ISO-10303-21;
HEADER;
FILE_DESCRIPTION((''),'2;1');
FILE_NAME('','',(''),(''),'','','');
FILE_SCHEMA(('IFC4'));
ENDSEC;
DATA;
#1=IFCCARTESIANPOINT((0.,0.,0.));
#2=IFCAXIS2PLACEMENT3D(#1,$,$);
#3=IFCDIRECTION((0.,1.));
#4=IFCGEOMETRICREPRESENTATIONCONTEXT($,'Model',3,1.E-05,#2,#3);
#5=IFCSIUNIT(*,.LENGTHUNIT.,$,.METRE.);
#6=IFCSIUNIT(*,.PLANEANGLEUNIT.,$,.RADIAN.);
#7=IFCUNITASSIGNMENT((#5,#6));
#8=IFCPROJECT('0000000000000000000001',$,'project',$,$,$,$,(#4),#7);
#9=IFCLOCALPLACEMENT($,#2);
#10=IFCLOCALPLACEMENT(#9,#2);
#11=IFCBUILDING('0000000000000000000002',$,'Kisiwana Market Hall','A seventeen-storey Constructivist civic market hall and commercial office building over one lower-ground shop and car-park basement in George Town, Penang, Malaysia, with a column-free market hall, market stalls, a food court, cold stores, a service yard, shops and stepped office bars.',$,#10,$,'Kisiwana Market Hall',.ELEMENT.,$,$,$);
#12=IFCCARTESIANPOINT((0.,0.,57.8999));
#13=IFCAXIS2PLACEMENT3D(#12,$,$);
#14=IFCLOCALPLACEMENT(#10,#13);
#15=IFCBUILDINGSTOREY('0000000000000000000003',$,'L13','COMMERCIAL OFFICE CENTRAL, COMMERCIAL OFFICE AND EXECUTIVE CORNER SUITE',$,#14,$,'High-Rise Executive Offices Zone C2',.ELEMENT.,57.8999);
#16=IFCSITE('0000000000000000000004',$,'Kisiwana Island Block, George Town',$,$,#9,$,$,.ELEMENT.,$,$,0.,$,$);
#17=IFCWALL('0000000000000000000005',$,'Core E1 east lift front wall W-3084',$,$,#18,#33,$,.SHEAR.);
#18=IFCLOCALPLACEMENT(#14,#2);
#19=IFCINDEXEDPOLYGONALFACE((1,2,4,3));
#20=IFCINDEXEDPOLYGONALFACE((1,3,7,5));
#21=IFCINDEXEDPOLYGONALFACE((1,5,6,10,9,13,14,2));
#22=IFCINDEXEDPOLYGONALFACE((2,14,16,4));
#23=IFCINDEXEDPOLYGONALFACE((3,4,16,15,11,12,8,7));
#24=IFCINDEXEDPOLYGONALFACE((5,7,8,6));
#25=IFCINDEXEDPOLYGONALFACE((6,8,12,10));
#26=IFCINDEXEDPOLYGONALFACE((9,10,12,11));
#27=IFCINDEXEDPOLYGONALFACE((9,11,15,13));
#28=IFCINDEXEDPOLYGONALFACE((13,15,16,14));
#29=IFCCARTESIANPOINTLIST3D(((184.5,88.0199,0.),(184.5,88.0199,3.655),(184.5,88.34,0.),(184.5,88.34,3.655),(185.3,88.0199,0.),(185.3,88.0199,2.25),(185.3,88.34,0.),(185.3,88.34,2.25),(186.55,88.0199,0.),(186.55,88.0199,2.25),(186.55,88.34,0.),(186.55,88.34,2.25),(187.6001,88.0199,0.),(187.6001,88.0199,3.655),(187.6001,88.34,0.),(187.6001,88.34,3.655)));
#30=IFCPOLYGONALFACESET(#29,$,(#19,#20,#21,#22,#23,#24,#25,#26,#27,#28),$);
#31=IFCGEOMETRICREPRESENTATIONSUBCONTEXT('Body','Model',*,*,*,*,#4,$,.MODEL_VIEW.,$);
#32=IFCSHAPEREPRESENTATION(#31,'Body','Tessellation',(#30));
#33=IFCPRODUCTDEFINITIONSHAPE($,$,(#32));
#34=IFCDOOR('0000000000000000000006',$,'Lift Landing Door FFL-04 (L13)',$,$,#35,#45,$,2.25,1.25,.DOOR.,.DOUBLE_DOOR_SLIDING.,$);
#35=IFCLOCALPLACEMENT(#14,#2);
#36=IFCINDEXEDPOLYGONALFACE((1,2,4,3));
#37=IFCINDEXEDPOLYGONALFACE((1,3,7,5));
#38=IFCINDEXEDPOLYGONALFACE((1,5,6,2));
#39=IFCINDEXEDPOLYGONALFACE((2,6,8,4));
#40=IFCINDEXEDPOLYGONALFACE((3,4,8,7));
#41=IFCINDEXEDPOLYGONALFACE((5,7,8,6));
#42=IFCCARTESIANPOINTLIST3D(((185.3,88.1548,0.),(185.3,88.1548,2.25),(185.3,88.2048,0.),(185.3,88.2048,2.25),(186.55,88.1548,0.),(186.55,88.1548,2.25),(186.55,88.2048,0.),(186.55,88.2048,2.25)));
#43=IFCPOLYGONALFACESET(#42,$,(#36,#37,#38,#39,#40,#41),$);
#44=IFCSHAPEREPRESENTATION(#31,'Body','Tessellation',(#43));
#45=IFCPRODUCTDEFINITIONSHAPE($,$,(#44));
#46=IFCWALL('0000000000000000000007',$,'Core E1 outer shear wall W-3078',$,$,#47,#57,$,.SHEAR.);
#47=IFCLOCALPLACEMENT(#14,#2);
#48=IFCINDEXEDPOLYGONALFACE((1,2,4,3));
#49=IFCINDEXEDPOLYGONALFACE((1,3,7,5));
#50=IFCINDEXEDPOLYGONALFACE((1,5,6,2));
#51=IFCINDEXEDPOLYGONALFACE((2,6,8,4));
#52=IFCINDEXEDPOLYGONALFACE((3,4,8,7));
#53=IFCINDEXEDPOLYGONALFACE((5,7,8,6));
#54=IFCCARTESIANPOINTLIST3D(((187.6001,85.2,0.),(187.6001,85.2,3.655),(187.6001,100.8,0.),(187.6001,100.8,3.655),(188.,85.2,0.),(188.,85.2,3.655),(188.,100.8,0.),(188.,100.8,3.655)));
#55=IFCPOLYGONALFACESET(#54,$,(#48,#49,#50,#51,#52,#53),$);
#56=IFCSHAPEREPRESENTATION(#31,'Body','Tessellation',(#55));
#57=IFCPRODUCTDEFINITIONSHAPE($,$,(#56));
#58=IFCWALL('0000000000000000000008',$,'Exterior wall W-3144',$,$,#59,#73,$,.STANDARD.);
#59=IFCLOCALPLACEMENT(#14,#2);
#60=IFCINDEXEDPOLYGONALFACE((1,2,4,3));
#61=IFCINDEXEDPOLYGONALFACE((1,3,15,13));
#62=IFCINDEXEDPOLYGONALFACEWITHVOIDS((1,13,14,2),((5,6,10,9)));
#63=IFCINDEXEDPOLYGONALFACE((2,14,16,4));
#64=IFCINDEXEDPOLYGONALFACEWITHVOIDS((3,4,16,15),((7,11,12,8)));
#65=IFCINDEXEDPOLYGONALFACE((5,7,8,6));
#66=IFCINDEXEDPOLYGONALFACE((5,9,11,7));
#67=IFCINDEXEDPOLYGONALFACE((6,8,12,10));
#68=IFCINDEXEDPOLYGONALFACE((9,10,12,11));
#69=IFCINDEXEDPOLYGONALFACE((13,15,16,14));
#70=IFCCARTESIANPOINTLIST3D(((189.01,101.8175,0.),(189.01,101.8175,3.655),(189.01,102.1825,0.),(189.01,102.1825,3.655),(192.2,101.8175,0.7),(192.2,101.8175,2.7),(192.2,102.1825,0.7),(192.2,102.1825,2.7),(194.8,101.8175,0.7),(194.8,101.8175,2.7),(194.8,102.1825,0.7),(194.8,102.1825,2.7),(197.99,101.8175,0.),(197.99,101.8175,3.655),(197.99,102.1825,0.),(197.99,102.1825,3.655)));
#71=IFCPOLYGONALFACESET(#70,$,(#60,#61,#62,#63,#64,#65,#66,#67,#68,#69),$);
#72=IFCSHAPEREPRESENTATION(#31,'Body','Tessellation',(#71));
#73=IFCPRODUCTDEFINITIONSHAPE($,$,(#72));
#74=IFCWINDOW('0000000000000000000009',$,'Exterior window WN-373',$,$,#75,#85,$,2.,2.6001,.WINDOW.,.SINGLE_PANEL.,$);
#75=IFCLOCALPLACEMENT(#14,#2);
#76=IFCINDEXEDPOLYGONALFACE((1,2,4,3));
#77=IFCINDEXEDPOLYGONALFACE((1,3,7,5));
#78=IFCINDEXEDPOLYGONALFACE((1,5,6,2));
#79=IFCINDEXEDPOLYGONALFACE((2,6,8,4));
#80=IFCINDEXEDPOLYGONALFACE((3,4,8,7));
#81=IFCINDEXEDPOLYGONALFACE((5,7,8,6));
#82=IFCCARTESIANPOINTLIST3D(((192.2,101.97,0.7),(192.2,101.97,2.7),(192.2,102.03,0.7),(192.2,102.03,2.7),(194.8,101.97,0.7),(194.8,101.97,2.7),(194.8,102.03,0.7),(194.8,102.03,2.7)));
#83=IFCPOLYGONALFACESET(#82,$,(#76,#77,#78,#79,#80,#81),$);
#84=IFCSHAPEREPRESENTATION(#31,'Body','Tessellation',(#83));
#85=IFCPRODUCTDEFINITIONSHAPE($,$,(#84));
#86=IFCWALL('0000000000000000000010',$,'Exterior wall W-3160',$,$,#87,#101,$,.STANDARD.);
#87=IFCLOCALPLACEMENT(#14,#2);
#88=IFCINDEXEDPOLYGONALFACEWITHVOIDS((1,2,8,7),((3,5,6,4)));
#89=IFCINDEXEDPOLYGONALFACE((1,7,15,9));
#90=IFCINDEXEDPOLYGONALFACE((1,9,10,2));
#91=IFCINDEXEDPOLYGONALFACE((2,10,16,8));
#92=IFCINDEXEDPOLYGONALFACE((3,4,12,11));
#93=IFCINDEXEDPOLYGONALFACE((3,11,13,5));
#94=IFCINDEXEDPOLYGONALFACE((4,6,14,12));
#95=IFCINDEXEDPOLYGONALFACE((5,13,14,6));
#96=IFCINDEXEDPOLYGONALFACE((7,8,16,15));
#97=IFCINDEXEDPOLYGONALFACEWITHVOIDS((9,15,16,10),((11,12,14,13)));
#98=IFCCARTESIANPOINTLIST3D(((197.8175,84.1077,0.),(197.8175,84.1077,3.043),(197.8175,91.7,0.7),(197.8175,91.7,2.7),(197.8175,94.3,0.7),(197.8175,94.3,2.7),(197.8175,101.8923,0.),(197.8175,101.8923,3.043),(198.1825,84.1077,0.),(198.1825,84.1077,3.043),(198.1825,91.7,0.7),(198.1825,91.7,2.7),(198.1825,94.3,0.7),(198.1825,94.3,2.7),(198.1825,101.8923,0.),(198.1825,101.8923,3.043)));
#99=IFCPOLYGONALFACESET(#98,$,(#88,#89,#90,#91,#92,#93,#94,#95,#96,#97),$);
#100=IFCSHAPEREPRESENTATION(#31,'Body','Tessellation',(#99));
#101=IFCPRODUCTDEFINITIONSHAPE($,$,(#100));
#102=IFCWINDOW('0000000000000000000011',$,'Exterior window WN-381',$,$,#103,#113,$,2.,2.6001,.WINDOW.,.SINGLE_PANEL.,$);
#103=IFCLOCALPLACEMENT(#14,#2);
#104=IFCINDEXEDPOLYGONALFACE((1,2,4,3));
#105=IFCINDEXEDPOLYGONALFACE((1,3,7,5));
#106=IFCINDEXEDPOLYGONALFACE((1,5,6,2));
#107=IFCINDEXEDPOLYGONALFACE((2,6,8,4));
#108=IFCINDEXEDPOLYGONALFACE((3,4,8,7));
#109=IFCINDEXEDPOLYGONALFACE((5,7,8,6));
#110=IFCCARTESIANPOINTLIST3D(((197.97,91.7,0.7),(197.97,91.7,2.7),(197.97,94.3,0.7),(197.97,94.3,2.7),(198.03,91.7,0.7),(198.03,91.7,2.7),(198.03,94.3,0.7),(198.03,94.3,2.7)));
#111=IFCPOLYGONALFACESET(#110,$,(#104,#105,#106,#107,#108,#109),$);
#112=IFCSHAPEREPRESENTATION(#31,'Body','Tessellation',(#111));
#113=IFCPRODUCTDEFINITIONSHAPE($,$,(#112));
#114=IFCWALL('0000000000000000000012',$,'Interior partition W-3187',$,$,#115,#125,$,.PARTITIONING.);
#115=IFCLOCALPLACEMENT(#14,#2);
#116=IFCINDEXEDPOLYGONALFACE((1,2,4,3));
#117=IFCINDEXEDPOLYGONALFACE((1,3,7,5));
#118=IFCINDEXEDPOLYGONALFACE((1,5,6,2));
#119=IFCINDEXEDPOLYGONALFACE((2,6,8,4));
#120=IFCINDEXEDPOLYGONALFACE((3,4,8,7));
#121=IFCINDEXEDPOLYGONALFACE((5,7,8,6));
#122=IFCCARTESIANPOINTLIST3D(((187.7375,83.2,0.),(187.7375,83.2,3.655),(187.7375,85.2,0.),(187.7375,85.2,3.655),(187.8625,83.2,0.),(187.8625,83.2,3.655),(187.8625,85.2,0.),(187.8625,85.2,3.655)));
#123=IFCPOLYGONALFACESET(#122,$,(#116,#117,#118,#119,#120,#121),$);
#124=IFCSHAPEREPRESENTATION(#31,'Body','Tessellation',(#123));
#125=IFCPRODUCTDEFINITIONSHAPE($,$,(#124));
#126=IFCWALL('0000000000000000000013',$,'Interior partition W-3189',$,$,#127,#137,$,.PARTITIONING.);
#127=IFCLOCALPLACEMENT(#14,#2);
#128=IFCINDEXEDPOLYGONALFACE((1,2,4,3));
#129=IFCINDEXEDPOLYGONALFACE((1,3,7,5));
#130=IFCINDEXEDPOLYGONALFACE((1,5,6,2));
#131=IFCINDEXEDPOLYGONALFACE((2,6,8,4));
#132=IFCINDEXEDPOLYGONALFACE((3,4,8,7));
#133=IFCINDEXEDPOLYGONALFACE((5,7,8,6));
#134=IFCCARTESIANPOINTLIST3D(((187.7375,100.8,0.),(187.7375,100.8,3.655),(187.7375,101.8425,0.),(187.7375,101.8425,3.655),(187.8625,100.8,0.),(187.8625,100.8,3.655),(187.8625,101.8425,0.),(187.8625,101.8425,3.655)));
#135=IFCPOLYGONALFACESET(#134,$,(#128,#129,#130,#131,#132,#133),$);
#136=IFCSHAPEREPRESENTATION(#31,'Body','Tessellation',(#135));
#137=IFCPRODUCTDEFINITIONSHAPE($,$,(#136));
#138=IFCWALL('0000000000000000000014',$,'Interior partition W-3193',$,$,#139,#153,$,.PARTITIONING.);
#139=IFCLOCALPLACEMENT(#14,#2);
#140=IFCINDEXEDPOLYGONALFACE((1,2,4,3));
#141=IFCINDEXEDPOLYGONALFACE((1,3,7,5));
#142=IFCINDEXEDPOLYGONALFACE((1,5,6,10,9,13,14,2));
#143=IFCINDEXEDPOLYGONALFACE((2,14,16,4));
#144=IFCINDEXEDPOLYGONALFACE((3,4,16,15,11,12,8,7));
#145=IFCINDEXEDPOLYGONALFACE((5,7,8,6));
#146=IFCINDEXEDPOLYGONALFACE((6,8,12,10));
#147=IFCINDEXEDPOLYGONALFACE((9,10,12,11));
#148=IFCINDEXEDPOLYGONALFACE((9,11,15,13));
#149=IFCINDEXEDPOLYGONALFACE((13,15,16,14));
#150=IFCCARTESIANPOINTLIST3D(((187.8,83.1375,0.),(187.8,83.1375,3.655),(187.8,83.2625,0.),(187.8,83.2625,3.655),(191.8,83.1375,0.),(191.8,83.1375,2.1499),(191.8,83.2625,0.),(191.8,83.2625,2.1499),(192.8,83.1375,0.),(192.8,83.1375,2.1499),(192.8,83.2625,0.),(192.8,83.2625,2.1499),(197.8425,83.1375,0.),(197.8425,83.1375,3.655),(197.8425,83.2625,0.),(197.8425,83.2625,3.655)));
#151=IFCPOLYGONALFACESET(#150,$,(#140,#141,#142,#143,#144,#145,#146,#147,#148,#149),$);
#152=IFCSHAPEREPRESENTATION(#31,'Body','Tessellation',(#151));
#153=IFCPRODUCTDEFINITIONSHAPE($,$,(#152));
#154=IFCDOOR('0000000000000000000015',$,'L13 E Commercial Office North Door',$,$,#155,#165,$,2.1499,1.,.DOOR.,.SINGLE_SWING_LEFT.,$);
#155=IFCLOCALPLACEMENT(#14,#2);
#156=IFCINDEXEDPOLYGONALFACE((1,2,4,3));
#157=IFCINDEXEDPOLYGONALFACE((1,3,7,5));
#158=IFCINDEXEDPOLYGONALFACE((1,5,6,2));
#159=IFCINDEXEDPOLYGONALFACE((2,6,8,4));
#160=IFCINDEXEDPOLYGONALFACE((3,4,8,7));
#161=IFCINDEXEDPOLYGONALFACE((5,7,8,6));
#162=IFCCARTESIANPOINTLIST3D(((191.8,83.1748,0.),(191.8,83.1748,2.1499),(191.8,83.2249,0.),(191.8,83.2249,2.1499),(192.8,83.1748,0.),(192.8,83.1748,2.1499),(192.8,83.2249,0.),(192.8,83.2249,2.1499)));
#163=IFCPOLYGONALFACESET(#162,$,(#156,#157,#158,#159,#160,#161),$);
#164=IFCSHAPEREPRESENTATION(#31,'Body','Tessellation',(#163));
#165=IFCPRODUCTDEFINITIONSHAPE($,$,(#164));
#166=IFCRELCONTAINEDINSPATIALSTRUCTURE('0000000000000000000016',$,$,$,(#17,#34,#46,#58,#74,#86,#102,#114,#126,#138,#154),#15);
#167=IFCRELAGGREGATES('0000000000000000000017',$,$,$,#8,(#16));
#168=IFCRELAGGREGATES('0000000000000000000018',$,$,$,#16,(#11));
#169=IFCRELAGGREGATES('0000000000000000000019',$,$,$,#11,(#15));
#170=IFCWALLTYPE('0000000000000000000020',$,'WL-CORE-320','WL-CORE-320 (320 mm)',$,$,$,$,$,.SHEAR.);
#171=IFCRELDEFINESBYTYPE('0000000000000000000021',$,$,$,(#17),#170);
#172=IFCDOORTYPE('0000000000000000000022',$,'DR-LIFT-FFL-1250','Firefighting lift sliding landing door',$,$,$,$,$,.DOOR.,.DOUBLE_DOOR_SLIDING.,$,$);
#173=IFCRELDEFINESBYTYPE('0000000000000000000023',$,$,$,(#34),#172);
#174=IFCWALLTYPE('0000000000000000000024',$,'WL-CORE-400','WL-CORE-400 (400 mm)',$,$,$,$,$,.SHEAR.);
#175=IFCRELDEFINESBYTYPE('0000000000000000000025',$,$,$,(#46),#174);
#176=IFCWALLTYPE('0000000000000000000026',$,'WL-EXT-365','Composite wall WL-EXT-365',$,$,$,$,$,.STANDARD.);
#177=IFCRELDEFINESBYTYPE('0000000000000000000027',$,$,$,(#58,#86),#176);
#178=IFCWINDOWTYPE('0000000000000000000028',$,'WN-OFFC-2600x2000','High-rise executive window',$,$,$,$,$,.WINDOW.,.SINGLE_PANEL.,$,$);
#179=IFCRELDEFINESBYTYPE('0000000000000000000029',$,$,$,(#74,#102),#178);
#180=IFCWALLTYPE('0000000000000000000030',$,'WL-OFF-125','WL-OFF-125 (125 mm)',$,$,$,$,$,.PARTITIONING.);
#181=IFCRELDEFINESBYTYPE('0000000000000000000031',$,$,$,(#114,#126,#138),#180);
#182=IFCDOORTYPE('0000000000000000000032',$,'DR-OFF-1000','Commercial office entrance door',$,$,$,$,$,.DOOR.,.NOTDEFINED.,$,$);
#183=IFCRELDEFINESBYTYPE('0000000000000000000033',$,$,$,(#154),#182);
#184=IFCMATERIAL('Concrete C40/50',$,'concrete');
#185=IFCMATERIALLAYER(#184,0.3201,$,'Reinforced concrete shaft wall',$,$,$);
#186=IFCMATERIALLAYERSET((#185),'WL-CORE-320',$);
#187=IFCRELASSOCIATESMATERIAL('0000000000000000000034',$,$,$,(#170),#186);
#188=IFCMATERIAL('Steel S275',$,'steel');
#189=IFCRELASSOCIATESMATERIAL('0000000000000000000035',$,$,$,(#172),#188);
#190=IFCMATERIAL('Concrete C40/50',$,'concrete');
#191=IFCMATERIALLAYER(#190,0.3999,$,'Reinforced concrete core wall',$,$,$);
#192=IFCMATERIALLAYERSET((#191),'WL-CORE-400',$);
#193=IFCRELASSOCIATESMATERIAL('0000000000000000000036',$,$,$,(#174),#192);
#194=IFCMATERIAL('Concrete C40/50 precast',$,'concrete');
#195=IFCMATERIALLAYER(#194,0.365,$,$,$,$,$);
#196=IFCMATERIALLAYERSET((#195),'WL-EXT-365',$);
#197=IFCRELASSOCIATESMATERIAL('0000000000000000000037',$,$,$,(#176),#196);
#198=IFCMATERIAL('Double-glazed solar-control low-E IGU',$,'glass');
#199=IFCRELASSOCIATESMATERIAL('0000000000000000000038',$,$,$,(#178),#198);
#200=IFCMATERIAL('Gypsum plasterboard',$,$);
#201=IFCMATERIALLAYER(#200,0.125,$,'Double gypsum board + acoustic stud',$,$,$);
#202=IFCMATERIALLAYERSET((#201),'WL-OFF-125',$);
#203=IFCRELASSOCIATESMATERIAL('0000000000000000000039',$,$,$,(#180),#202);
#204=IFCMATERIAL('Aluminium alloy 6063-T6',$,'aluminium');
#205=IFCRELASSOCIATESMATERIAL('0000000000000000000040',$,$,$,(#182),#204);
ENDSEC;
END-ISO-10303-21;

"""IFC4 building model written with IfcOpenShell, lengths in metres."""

from ifc_helpers import new_model, si_unit, direction, frame, frame_2d, origin, place, context, subcontext, project, spatial, rectangle, extrude, material, layer, layer_set, type_object, element, fill, save


model = new_model("IFC4")

# Units and contexts
model_context = context("Model", 3, precision=1e-05, world=origin(), true_north=direction((0.0, 1.0)))
body_context = subcontext(model_context, "Body", "Model", "MODEL_VIEW")
ifc_project = project(units=[si_unit("LENGTHUNIT", "METRE"), si_unit("PLANEANGLEUNIT", "RADIAN")], contexts=[model_context])

# Site, building, storey
site_placement = place(None, origin())
site = spatial("IfcSite", under=ifc_project, at=site_placement, Name="Kisiwana Island Block, George Town", CompositionType="ELEMENT", RefElevation=0.0)
building_placement = place(site_placement, origin())
building = spatial("IfcBuilding", under=site, at=building_placement, Name="Kisiwana Market Hall", Description="A seventeen-storey Constructivist civic market hall and commercial office building over one lower-ground shop and car-park basement in George Town, Penang, Malaysia, with a column-free market hall, market stalls, a food court, cold stores, a service yard, shops and stepped office bars.", LongName="Kisiwana Market Hall", CompositionType="ELEMENT")
storey_placement = place(building_placement, frame((0.0, 0.0, 57.8999)))
storey = spatial("IfcBuildingStorey", under=building, at=storey_placement, Name="L13", Description="COMMERCIAL OFFICE CENTRAL, COMMERCIAL OFFICE AND EXECUTIVE CORNER SUITE", LongName="High-Rise Executive Offices Zone C2", CompositionType="ELEMENT", Elevation=57.8999)

# Shared definitions
ifc_material_1 = material(Name="Concrete C40/50", Category="concrete")
ifc_layer_1 = layer(ifc_material_1, 0.3201, Name="Reinforced concrete shaft wall")
ifc_layer_set_1 = layer_set([ifc_layer_1], Name="WL-CORE-320")
wall_type_1 = type_object("IfcWallType", Name="WL-CORE-320", Description="WL-CORE-320 (320 mm)", PredefinedType="SHEAR", material=ifc_layer_set_1)

# Wall, opening, door
wall_1_placement = place(storey_placement, frame((184.5, 88.1799, 0.0), z_axis=(0.0, 0.0, 1.0), x_axis=(1.0, 0.0, 0.0)))
wall_1 = element("IfcWall", 1, at=wall_1_placement, inside=storey, type_object=wall_type_1, Name="Core E1 east lift front wall W-3084", PredefinedType="SHEAR", context=body_context, shape_type="SweptSolid", body=[
    extrude(rectangle(XDim=3.1001, YDim=0.3201, at=frame_2d((1.55, 0.0))), origin(), (0.0, 0.0, 1.0), 3.655),
])
opening_1_placement = place(wall_1_placement, frame((0.8, 0.0, 0.0)))
opening_1 = element("IfcOpeningElement", 2, at=opening_1_placement, cuts=wall_1, PredefinedType="OPENING", context=body_context, shape_type="SweptSolid", body=[
    extrude(rectangle(XDim=1.25, YDim=2.25, at=frame_2d((0.625, 1.125))), frame((0.0, 0.1719, 0.0), z_axis=(0.0, -1.0, 0.0), x_axis=(1.0, 0.0, 0.0)), (0.0, 0.0, 1.0), 0.344),
])
ifc_material_2 = material(Name="Steel S275", Category="steel")
door_type_1 = type_object("IfcDoorType", Name="DR-LIFT-FFL-1250", Description="Firefighting lift sliding landing door", OperationType="DOUBLE_DOOR_SLIDING", PredefinedType="DOOR", material=ifc_material_2)
door_1_placement = place(opening_1_placement, origin())
door_1 = element("IfcDoor", 3, at=door_1_placement, inside=storey, type_object=door_type_1, Name="Lift Landing Door FFL-04 (L13)", OperationType="DOUBLE_DOOR_SLIDING", OverallHeight=2.25, OverallWidth=1.25, PredefinedType="DOOR", context=body_context, shape_type="SweptSolid", body=[
    extrude(rectangle(XDim=1.25, YDim=2.25, at=frame_2d((0.625, 1.125))), frame((0.0, 0.0249, 0.0), z_axis=(0.0, -1.0, 0.0), x_axis=(1.0, 0.0, 0.0)), (0.0, 0.0, 1.0), 0.05),
])
fill(opening_1, door_1)

# Wall
ifc_material_3 = material(Name="Concrete C40/50", Category="concrete")
ifc_layer_2 = layer(ifc_material_3, 0.3999, Name="Reinforced concrete core wall")
ifc_layer_set_2 = layer_set([ifc_layer_2], Name="WL-CORE-400")
wall_type_2 = type_object("IfcWallType", Name="WL-CORE-400", Description="WL-CORE-400 (400 mm)", PredefinedType="SHEAR", material=ifc_layer_set_2)
wall_2_placement = place(storey_placement, frame((187.8, 85.2, 0.0), z_axis=(0.0, 0.0, 1.0), x_axis=(0.0, 1.0, 0.0)))
element("IfcWall", 4, at=wall_2_placement, inside=storey, type_object=wall_type_2, Name="Core E1 outer shear wall W-3078", PredefinedType="SHEAR", context=body_context, shape_type="SweptSolid", body=[
    extrude(rectangle(XDim=15.6001, YDim=0.3999, at=frame_2d((7.8, 0.0))), origin(), (0.0, 0.0, 1.0), 3.655),
])

# Walls, openings, windows
ifc_material_4 = material(Name="Concrete C40/50 precast", Category="concrete")
ifc_layer_3 = layer(ifc_material_4, 0.365)
ifc_layer_set_3 = layer_set([ifc_layer_3], Name="WL-EXT-365")
wall_type_3 = type_object("IfcWallType", Name="WL-EXT-365", Description="Composite wall WL-EXT-365", PredefinedType="STANDARD", material=ifc_layer_set_3)
wall_3_placement = place(storey_placement, frame((189.01, 102.0, 0.0), z_axis=(0.0, 0.0, 1.0), x_axis=(1.0, 0.0, 0.0)))
wall_3 = element("IfcWall", 5, at=wall_3_placement, inside=storey, type_object=wall_type_3, Name="Exterior wall W-3144", PredefinedType="STANDARD", context=body_context, shape_type="SweptSolid", body=[
    extrude(rectangle(XDim=8.98, YDim=0.365, at=frame_2d((4.49, 0.0))), origin(), (0.0, 0.0, 1.0), 3.655),
])
opening_2_placement = place(wall_3_placement, frame((3.1899, 0.0, 0.7)))
opening_2 = element("IfcOpeningElement", 6, at=opening_2_placement, cuts=wall_3, PredefinedType="OPENING", context=body_context, shape_type="SweptSolid", body=[
    extrude(rectangle(XDim=2.6001, YDim=2.0, at=frame_2d((1.3, 1.0))), frame((0.0, 0.1943, 0.0), z_axis=(0.0, -1.0, 0.0), x_axis=(1.0, 0.0, 0.0)), (0.0, 0.0, 1.0), 0.3889),
])
ifc_material_5 = material(Name="Double-glazed solar-control low-E IGU", Category="glass")
window_type = type_object("IfcWindowType", Name="WN-OFFC-2600x2000", Description="High-rise executive window", PartitioningType="SINGLE_PANEL", PredefinedType="WINDOW", material=ifc_material_5)
window_1_placement = place(opening_2_placement, origin())
window_1 = element("IfcWindow", 7, at=window_1_placement, inside=storey, type_object=window_type, Name="Exterior window WN-373", OverallHeight=2.0, OverallWidth=2.6001, PartitioningType="SINGLE_PANEL", PredefinedType="WINDOW", context=body_context, shape_type="SweptSolid", body=[
    extrude(rectangle(XDim=2.6001, YDim=2.0, at=frame_2d((1.3, 1.0))), frame((0.0, 0.03, 0.0), z_axis=(0.0, -1.0, 0.0), x_axis=(1.0, 0.0, 0.0)), (0.0, 0.0, 1.0), 0.0601),
])
fill(opening_2, window_1)
wall_4_placement = place(storey_placement, frame((198.0, 84.1077, 0.0), z_axis=(0.0, 0.0, 1.0), x_axis=(0.0, 1.0, 0.0)))
wall_4 = element("IfcWall", 8, at=wall_4_placement, inside=storey, type_object=wall_type_3, Name="Exterior wall W-3160", PredefinedType="STANDARD", context=body_context, shape_type="SweptSolid", body=[
    extrude(rectangle(XDim=17.7847, YDim=0.365, at=frame_2d((8.8923, 0.0))), origin(), (0.0, 0.0, 1.0), 3.043),
])
opening_3_placement = place(wall_4_placement, frame((7.5923, 0.0, 0.7)))
opening_3 = element("IfcOpeningElement", 9, at=opening_3_placement, cuts=wall_4, PredefinedType="OPENING", context=body_context, shape_type="SweptSolid", body=[
    extrude(rectangle(XDim=2.6001, YDim=2.0, at=frame_2d((1.3, 1.0))), frame((0.0, 0.1943, 0.0), z_axis=(0.0, -1.0, 0.0), x_axis=(1.0, 0.0, 0.0)), (0.0, 0.0, 1.0), 0.3889),
])
window_2_placement = place(opening_3_placement, origin())
window_2 = element("IfcWindow", 10, at=window_2_placement, inside=storey, type_object=window_type, Name="Exterior window WN-381", OverallHeight=2.0, OverallWidth=2.6001, PartitioningType="SINGLE_PANEL", PredefinedType="WINDOW", context=body_context, shape_type="SweptSolid", body=[
    extrude(rectangle(XDim=2.6001, YDim=2.0, at=frame_2d((1.3, 1.0))), frame((0.0, 0.03, 0.0), z_axis=(0.0, -1.0, 0.0), x_axis=(1.0, 0.0, 0.0)), (0.0, 0.0, 1.0), 0.0601),
])
fill(opening_3, window_2)

# Walls
ifc_material_6 = material(Name="Gypsum plasterboard")
ifc_layer_4 = layer(ifc_material_6, 0.125, Name="Double gypsum board + acoustic stud")
ifc_layer_set_4 = layer_set([ifc_layer_4], Name="WL-OFF-125")
wall_type_4 = type_object("IfcWallType", Name="WL-OFF-125", Description="WL-OFF-125 (125 mm)", PredefinedType="PARTITIONING", material=ifc_layer_set_4)
wall_5_placement = place(storey_placement, frame((187.8, 83.2, 0.0), z_axis=(0.0, 0.0, 1.0), x_axis=(0.0, 1.0, 0.0)))
element("IfcWall", 11, at=wall_5_placement, inside=storey, type_object=wall_type_4, Name="Interior partition W-3187", PredefinedType="PARTITIONING", context=body_context, shape_type="SweptSolid", body=[
    extrude(rectangle(XDim=2.0, YDim=0.125, at=frame_2d((1.0, 0.0))), origin(), (0.0, 0.0, 1.0), 3.655),
])
wall_6_placement = place(storey_placement, frame((187.8, 100.8, 0.0), z_axis=(0.0, 0.0, 1.0), x_axis=(0.0, 1.0, 0.0)))
element("IfcWall", 12, at=wall_6_placement, inside=storey, type_object=wall_type_4, Name="Interior partition W-3189", PredefinedType="PARTITIONING", context=body_context, shape_type="SweptSolid", body=[
    extrude(rectangle(XDim=1.0425, YDim=0.125, at=frame_2d((0.5212, 0.0))), origin(), (0.0, 0.0, 1.0), 3.655),
])

# Wall, opening, door
wall_7_placement = place(storey_placement, frame((187.8, 83.2, 0.0), z_axis=(0.0, 0.0, 1.0), x_axis=(1.0, 0.0, 0.0)))
wall_7 = element("IfcWall", 13, at=wall_7_placement, inside=storey, type_object=wall_type_4, Name="Interior partition W-3193", PredefinedType="PARTITIONING", context=body_context, shape_type="SweptSolid", body=[
    extrude(rectangle(XDim=10.0425, YDim=0.125, at=frame_2d((5.0212, 0.0))), origin(), (0.0, 0.0, 1.0), 3.655),
])
opening_4_placement = place(wall_7_placement, frame((4.0, 0.0, 0.0)))
opening_4 = element("IfcOpeningElement", 14, at=opening_4_placement, cuts=wall_7, PredefinedType="OPENING", context=body_context, shape_type="SweptSolid", body=[
    extrude(rectangle(XDim=1.0, YDim=2.1499, at=frame_2d((0.5, 1.075))), frame((0.0, 0.0745, 0.0), z_axis=(0.0, -1.0, 0.0), x_axis=(1.0, 0.0, 0.0)), (0.0, 0.0, 1.0), 0.1489),
])
ifc_material_7 = material(Name="Aluminium alloy 6063-T6", Category="aluminium")
door_type_2 = type_object("IfcDoorType", Name="DR-OFF-1000", Description="Commercial office entrance door", OperationType="NOTDEFINED", PredefinedType="DOOR", material=ifc_material_7)
door_2_placement = place(opening_4_placement, origin())
door_2 = element("IfcDoor", 15, at=door_2_placement, inside=storey, type_object=door_type_2, Name="L13 E Commercial Office North Door", OperationType="SINGLE_SWING_LEFT", OverallHeight=2.1499, OverallWidth=1.0, PredefinedType="DOOR", context=body_context, shape_type="SweptSolid", body=[
    extrude(rectangle(XDim=1.0, YDim=2.1499, at=frame_2d((0.5, 1.075))), frame((0.0, 0.0249, 0.0), z_axis=(0.0, -1.0, 0.0), x_axis=(1.0, 0.0, 0.0)), (0.0, 0.0, 1.0), 0.05),
])
fill(opening_4, door_2)

save(model, "model.ifc")
